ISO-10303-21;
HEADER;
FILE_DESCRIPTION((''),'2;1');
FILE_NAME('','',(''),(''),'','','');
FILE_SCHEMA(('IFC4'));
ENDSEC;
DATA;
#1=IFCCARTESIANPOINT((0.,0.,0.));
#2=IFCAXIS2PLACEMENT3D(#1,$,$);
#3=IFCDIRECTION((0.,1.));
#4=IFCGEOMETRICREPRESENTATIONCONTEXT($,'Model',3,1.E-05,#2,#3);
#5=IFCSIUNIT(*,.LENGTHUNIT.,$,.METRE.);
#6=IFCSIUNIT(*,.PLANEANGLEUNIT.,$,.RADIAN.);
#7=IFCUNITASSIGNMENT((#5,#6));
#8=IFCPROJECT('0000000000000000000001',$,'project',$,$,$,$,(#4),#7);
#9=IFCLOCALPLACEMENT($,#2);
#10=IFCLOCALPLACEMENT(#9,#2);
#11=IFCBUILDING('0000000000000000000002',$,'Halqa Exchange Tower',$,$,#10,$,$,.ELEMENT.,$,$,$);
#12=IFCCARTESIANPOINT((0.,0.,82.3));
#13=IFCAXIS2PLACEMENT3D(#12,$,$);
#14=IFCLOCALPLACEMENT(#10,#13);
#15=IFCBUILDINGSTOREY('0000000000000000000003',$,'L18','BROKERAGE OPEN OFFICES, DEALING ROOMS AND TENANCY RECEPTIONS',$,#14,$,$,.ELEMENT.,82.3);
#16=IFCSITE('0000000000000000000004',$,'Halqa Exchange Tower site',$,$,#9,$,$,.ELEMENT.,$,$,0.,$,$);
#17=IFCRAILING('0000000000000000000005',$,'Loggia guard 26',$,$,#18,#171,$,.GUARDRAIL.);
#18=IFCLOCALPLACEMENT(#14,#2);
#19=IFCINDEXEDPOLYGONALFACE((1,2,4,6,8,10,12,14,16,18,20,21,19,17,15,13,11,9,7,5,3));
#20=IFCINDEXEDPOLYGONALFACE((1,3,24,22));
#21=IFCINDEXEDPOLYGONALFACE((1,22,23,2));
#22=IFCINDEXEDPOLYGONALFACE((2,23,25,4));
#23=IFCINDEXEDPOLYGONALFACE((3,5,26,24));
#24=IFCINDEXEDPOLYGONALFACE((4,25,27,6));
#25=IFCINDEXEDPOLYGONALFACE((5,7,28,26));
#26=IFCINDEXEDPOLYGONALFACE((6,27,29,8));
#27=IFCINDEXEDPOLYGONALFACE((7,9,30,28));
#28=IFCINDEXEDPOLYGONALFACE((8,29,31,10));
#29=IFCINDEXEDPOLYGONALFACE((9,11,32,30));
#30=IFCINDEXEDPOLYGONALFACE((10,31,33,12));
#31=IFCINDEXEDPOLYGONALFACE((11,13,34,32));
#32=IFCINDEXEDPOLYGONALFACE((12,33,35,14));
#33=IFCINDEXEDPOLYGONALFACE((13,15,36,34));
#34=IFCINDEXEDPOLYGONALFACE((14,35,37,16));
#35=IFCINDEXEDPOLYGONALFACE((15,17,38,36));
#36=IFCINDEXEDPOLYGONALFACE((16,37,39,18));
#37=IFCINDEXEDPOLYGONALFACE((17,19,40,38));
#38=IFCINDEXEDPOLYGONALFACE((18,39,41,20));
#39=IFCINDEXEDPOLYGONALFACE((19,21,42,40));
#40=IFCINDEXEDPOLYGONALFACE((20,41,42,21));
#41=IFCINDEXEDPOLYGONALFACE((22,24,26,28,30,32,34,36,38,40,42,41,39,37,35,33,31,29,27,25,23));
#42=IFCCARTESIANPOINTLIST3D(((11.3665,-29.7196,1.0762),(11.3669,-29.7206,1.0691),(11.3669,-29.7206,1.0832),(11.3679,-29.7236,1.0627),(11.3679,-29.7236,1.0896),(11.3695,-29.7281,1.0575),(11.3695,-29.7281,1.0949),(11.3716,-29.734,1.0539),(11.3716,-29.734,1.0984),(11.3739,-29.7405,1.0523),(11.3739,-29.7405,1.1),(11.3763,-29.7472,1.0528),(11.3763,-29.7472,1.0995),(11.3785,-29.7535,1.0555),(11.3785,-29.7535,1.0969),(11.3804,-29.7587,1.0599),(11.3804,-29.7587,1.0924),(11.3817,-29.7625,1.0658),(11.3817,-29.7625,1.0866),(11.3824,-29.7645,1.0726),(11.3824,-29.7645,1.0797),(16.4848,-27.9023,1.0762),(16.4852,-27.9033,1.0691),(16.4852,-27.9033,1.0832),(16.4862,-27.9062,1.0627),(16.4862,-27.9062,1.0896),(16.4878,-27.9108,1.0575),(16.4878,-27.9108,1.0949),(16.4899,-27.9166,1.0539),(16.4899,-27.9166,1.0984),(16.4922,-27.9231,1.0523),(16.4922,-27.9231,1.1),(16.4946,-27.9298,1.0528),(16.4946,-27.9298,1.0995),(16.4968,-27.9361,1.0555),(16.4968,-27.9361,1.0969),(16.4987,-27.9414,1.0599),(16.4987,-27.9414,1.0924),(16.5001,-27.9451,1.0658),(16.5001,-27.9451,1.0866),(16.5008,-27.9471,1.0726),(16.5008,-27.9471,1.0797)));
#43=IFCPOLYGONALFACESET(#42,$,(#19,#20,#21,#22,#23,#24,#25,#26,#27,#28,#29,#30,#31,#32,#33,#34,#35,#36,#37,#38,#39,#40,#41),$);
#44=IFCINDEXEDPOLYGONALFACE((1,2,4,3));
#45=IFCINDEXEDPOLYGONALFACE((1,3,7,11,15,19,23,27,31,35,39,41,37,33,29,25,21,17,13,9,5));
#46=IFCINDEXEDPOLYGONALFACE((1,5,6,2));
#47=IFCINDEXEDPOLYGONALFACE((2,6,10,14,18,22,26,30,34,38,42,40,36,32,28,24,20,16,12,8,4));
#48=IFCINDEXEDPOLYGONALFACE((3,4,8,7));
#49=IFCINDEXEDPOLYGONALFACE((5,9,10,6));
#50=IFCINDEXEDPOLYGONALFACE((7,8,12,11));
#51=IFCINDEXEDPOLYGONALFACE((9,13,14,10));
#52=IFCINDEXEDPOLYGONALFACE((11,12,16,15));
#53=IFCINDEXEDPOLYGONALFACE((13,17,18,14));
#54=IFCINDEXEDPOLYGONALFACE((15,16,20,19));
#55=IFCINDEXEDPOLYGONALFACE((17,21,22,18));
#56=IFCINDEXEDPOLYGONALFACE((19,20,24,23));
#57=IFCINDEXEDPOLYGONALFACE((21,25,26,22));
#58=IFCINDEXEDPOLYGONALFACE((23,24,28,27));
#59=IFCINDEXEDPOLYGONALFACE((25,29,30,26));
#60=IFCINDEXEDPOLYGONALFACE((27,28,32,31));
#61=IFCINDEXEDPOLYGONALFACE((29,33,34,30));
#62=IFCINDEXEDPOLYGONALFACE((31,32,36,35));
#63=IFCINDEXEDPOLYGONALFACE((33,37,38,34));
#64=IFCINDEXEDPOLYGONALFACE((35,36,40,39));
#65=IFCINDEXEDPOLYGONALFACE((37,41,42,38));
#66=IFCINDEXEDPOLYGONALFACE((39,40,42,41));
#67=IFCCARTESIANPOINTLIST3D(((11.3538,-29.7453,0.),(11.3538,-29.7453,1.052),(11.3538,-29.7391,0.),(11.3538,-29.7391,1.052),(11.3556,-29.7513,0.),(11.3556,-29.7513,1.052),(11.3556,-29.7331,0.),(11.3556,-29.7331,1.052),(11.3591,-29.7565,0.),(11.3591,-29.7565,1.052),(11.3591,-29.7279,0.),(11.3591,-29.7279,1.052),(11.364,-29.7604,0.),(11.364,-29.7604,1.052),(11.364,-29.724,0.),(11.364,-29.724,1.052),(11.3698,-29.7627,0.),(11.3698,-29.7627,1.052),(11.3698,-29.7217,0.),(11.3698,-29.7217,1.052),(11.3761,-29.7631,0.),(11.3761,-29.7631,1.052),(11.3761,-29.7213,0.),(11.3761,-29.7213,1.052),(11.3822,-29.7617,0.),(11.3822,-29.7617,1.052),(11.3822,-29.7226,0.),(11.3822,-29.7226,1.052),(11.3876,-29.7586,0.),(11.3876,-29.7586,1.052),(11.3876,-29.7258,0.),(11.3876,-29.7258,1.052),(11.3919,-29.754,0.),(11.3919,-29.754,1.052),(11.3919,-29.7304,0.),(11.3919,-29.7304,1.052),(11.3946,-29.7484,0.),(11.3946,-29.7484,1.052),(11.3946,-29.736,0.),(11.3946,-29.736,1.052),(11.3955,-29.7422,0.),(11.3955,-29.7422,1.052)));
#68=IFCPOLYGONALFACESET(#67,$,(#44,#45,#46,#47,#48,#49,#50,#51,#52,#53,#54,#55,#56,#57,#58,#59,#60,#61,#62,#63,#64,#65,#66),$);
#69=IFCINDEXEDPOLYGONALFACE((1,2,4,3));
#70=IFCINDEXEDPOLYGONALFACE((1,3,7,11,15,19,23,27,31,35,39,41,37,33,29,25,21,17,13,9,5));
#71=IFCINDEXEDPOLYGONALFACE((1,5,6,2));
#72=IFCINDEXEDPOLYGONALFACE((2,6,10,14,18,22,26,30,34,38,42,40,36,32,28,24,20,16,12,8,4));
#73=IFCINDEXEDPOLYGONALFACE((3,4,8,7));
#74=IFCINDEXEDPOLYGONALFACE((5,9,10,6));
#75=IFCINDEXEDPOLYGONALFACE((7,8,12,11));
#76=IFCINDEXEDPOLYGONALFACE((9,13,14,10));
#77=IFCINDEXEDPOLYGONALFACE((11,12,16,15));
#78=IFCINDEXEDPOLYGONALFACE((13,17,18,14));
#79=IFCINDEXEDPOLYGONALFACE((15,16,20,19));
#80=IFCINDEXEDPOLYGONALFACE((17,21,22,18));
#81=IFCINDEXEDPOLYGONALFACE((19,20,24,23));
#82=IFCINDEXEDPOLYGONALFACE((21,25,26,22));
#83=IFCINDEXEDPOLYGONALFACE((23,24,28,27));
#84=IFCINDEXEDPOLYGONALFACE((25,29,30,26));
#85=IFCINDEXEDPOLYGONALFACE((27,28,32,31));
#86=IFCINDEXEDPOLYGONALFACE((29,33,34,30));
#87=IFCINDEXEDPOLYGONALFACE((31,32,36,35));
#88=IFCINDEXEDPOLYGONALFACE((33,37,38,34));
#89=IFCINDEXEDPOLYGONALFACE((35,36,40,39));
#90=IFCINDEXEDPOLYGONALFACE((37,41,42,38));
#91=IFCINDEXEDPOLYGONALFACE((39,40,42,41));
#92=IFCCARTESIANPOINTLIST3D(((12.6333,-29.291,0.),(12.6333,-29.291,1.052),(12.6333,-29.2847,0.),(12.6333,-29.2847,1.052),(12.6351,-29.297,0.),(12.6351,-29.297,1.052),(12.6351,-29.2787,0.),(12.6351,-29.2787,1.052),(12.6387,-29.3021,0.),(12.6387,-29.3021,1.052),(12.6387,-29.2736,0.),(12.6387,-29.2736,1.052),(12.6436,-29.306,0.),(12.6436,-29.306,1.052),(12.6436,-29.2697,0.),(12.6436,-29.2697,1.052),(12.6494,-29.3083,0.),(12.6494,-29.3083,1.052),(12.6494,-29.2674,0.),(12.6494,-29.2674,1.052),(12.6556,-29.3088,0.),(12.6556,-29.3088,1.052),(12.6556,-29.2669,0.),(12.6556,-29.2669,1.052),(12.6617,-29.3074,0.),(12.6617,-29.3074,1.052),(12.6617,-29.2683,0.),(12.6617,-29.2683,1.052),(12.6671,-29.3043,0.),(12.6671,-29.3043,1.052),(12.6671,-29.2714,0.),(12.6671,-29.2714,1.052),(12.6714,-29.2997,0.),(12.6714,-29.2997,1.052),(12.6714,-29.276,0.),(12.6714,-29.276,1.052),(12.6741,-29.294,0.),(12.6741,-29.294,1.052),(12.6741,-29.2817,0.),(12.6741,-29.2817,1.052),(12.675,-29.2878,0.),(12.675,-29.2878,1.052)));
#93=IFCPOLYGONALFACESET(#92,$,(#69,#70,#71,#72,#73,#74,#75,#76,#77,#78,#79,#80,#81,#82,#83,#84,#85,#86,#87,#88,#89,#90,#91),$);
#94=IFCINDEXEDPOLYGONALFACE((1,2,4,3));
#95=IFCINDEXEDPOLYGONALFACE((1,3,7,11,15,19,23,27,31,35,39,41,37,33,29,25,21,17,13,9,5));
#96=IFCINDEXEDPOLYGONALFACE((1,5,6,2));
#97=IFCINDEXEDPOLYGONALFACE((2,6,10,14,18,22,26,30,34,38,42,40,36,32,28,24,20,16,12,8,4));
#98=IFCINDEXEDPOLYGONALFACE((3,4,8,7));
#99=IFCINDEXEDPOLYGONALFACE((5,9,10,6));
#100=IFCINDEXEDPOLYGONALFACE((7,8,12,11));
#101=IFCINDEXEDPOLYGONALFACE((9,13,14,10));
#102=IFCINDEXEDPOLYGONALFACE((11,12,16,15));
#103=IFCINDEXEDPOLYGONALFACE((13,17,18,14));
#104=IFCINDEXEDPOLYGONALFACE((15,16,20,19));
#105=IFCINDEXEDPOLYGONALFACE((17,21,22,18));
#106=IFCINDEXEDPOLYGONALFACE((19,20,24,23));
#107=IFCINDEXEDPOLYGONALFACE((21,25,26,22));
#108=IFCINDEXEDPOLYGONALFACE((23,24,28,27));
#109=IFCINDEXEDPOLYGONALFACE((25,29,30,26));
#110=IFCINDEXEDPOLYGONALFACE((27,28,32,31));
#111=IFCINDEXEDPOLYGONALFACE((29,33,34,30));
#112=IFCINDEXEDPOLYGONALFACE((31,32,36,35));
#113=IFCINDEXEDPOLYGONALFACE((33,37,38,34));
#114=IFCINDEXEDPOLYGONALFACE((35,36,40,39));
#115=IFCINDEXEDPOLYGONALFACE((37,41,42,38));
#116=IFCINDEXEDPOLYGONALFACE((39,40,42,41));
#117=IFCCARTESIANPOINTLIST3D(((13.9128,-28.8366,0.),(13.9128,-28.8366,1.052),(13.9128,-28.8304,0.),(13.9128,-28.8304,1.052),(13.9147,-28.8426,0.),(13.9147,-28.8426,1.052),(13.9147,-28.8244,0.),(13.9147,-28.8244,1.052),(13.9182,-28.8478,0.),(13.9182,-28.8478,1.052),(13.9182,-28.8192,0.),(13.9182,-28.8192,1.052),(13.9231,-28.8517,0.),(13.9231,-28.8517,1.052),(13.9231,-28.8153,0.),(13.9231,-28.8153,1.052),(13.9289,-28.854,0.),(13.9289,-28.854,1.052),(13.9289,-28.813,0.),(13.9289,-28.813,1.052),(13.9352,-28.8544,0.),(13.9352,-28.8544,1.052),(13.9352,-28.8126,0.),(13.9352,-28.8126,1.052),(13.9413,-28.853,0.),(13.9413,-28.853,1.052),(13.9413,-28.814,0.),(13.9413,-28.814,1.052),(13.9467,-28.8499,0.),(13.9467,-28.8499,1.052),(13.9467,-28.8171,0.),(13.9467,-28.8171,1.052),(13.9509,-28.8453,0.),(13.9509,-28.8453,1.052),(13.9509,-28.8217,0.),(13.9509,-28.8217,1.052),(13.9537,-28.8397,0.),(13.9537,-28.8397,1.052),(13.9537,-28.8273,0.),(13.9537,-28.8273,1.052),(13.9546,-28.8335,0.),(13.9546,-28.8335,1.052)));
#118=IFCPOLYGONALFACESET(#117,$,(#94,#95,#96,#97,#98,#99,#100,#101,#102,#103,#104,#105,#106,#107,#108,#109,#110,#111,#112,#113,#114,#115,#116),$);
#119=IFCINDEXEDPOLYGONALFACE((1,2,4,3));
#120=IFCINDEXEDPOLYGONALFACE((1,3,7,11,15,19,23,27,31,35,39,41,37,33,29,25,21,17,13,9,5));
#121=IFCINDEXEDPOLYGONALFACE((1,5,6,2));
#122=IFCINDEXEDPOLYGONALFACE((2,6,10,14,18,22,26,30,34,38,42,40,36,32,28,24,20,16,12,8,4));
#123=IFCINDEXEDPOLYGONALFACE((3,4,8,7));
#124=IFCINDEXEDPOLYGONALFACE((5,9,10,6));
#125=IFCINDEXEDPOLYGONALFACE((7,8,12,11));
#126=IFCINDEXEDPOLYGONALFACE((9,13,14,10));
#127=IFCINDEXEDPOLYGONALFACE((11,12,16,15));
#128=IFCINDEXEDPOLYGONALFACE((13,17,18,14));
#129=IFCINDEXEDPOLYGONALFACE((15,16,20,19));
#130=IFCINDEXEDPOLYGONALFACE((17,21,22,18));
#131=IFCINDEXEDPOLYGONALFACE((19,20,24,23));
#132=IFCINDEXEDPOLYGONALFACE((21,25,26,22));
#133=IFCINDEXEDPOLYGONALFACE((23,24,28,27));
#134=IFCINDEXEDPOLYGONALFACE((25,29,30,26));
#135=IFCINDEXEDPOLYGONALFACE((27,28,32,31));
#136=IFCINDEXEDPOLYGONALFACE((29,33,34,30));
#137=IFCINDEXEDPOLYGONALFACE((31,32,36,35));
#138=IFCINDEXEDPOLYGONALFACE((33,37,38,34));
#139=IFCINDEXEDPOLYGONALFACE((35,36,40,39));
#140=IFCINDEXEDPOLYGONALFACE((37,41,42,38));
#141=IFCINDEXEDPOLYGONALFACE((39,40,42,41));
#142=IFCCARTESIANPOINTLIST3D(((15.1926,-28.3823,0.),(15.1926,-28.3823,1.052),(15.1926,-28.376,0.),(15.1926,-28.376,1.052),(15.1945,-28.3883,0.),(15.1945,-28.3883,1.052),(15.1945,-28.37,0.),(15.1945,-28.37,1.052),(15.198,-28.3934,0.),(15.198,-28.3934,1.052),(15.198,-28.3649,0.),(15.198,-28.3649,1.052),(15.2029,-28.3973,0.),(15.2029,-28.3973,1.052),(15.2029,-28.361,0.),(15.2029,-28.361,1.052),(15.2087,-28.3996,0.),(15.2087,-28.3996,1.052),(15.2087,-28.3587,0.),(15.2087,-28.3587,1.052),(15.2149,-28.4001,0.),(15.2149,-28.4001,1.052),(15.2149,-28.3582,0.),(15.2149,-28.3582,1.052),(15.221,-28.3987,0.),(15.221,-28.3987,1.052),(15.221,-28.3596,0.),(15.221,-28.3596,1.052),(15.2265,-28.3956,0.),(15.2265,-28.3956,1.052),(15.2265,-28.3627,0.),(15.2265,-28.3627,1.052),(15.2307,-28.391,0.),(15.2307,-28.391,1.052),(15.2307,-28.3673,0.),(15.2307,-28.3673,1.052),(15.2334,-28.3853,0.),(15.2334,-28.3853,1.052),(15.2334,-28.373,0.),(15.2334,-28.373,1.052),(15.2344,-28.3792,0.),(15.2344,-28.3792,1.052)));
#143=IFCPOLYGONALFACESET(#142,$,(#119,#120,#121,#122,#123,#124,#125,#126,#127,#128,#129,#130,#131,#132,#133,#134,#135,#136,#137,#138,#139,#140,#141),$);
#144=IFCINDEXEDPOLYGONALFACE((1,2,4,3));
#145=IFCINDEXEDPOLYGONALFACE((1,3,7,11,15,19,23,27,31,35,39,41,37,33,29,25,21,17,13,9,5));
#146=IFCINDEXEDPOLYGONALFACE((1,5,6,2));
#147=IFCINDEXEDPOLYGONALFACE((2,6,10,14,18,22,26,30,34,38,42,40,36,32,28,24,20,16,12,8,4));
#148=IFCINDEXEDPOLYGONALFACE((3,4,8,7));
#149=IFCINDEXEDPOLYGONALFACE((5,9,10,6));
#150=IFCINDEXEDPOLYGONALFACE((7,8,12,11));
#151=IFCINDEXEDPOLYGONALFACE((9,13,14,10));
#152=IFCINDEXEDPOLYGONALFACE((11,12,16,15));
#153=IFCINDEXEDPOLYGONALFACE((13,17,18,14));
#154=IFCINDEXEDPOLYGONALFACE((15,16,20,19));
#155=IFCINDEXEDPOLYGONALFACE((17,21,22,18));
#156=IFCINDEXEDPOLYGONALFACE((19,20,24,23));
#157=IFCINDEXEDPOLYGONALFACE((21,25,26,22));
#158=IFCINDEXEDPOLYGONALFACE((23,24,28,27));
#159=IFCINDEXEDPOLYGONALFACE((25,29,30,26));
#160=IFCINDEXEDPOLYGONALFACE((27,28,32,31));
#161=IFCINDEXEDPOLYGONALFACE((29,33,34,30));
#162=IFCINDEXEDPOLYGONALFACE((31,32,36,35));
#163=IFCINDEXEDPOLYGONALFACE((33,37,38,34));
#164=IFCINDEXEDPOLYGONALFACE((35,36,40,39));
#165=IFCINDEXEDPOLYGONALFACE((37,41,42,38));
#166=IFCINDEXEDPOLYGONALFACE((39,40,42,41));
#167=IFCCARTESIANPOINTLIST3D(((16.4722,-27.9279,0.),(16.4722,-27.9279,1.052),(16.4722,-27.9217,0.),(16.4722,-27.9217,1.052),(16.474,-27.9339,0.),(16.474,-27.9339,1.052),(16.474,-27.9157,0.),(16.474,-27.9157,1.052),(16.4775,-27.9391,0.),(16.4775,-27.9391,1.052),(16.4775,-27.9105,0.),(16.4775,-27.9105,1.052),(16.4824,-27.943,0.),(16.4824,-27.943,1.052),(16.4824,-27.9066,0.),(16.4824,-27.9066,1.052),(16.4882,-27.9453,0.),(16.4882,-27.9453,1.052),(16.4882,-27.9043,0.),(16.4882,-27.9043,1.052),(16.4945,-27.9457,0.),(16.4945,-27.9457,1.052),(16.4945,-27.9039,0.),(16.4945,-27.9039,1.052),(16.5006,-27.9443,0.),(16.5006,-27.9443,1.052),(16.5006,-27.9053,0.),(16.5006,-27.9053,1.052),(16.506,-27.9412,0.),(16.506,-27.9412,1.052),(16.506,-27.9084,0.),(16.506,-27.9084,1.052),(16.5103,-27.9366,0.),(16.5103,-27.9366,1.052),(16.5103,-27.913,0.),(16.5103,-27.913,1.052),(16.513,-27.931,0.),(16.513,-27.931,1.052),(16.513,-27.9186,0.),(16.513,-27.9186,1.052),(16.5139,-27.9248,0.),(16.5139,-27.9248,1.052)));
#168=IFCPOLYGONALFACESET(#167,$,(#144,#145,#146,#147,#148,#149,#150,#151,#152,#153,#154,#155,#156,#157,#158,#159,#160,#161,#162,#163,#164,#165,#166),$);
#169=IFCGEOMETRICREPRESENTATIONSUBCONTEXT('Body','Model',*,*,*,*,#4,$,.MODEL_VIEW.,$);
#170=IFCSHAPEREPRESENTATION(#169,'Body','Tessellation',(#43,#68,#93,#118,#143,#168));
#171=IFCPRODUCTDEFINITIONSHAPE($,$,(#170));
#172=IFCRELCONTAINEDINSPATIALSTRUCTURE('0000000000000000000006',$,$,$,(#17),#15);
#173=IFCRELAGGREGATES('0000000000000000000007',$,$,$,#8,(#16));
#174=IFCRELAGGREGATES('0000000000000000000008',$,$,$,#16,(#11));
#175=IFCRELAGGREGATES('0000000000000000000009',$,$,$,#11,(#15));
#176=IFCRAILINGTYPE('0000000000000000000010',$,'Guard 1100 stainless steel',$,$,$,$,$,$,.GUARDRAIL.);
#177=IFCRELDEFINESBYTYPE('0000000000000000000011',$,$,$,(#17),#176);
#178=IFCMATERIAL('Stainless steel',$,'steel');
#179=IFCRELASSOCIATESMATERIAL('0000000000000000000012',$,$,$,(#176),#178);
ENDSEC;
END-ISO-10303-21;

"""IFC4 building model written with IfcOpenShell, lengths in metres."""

from ifc_helpers import new_model, si_unit, direction, frame, origin, origin_2d, place, context, subcontext, project, spatial, circle, extrude, material, type_object, element, save


model = new_model("IFC4")

# Units and contexts
model_context = context("Model", 3, precision=1e-05, world=origin(), true_north=direction((0.0, 1.0)))
body_context = subcontext(model_context, "Body", "Model", "MODEL_VIEW")
ifc_project = project(units=[si_unit("LENGTHUNIT", "METRE"), si_unit("PLANEANGLEUNIT", "RADIAN")], contexts=[model_context])

# Site, building, storey
site_placement = place(None, origin())
site = spatial("IfcSite", under=ifc_project, at=site_placement, Name="Halqa Exchange Tower site", CompositionType="ELEMENT", RefElevation=0.0)
building_placement = place(site_placement, origin())
building = spatial("IfcBuilding", under=site, at=building_placement, Name="Halqa Exchange Tower", CompositionType="ELEMENT")
storey_placement = place(building_placement, frame((0.0, 0.0, 82.3)))
storey = spatial("IfcBuildingStorey", under=building, at=storey_placement, Name="L18", Description="BROKERAGE OPEN OFFICES, DEALING ROOMS AND TENANCY RECEPTIONS", CompositionType="ELEMENT", Elevation=82.3)

# Railing
ifc_material_1 = material(Name="Stainless steel", Category="steel")
railing_type = type_object("IfcRailingType", Name="Guard 1100 stainless steel", PredefinedType="GUARDRAIL", material=ifc_material_1)
railing_1_placement = place(storey_placement, frame((11.3745, -29.7422, 0.0)))
element("IfcRailing", 1, at=railing_1_placement, inside=storey, type_object=railing_type, Name="Loggia guard 26", PredefinedType="GUARDRAIL", context=body_context, shape_type="SweptSolid", body=[
    extrude(circle(Radius=0.0239, at=origin_2d()), frame((0.0, 0.0, 1.0762), z_axis=(0.94236, 0.334602, 0.0), x_axis=(-0.334602, 0.94236, 0.0)), (0.0, 0.0, 1.0), 5.4314),
    extrude(circle(Radius=0.021, at=origin_2d()), origin(), (0.0, 0.0, 1.0), 1.052),
    extrude(circle(Radius=0.021, at=origin_2d()), frame((1.2795, 0.4543, 0.0)), (0.0, 0.0, 1.0), 1.052),
    extrude(circle(Radius=0.021, at=origin_2d()), frame((2.5591, 0.9087, 0.0)), (0.0, 0.0, 1.0), 1.052),
    extrude(circle(Radius=0.021, at=origin_2d()), frame((3.8389, 1.363, 0.0)), (0.0, 0.0, 1.0), 1.052),
    extrude(circle(Radius=0.021, at=origin_2d()), frame((5.1184, 1.8174, 0.0)), (0.0, 0.0, 1.0), 1.052),
])

save(model, "model.ifc")
